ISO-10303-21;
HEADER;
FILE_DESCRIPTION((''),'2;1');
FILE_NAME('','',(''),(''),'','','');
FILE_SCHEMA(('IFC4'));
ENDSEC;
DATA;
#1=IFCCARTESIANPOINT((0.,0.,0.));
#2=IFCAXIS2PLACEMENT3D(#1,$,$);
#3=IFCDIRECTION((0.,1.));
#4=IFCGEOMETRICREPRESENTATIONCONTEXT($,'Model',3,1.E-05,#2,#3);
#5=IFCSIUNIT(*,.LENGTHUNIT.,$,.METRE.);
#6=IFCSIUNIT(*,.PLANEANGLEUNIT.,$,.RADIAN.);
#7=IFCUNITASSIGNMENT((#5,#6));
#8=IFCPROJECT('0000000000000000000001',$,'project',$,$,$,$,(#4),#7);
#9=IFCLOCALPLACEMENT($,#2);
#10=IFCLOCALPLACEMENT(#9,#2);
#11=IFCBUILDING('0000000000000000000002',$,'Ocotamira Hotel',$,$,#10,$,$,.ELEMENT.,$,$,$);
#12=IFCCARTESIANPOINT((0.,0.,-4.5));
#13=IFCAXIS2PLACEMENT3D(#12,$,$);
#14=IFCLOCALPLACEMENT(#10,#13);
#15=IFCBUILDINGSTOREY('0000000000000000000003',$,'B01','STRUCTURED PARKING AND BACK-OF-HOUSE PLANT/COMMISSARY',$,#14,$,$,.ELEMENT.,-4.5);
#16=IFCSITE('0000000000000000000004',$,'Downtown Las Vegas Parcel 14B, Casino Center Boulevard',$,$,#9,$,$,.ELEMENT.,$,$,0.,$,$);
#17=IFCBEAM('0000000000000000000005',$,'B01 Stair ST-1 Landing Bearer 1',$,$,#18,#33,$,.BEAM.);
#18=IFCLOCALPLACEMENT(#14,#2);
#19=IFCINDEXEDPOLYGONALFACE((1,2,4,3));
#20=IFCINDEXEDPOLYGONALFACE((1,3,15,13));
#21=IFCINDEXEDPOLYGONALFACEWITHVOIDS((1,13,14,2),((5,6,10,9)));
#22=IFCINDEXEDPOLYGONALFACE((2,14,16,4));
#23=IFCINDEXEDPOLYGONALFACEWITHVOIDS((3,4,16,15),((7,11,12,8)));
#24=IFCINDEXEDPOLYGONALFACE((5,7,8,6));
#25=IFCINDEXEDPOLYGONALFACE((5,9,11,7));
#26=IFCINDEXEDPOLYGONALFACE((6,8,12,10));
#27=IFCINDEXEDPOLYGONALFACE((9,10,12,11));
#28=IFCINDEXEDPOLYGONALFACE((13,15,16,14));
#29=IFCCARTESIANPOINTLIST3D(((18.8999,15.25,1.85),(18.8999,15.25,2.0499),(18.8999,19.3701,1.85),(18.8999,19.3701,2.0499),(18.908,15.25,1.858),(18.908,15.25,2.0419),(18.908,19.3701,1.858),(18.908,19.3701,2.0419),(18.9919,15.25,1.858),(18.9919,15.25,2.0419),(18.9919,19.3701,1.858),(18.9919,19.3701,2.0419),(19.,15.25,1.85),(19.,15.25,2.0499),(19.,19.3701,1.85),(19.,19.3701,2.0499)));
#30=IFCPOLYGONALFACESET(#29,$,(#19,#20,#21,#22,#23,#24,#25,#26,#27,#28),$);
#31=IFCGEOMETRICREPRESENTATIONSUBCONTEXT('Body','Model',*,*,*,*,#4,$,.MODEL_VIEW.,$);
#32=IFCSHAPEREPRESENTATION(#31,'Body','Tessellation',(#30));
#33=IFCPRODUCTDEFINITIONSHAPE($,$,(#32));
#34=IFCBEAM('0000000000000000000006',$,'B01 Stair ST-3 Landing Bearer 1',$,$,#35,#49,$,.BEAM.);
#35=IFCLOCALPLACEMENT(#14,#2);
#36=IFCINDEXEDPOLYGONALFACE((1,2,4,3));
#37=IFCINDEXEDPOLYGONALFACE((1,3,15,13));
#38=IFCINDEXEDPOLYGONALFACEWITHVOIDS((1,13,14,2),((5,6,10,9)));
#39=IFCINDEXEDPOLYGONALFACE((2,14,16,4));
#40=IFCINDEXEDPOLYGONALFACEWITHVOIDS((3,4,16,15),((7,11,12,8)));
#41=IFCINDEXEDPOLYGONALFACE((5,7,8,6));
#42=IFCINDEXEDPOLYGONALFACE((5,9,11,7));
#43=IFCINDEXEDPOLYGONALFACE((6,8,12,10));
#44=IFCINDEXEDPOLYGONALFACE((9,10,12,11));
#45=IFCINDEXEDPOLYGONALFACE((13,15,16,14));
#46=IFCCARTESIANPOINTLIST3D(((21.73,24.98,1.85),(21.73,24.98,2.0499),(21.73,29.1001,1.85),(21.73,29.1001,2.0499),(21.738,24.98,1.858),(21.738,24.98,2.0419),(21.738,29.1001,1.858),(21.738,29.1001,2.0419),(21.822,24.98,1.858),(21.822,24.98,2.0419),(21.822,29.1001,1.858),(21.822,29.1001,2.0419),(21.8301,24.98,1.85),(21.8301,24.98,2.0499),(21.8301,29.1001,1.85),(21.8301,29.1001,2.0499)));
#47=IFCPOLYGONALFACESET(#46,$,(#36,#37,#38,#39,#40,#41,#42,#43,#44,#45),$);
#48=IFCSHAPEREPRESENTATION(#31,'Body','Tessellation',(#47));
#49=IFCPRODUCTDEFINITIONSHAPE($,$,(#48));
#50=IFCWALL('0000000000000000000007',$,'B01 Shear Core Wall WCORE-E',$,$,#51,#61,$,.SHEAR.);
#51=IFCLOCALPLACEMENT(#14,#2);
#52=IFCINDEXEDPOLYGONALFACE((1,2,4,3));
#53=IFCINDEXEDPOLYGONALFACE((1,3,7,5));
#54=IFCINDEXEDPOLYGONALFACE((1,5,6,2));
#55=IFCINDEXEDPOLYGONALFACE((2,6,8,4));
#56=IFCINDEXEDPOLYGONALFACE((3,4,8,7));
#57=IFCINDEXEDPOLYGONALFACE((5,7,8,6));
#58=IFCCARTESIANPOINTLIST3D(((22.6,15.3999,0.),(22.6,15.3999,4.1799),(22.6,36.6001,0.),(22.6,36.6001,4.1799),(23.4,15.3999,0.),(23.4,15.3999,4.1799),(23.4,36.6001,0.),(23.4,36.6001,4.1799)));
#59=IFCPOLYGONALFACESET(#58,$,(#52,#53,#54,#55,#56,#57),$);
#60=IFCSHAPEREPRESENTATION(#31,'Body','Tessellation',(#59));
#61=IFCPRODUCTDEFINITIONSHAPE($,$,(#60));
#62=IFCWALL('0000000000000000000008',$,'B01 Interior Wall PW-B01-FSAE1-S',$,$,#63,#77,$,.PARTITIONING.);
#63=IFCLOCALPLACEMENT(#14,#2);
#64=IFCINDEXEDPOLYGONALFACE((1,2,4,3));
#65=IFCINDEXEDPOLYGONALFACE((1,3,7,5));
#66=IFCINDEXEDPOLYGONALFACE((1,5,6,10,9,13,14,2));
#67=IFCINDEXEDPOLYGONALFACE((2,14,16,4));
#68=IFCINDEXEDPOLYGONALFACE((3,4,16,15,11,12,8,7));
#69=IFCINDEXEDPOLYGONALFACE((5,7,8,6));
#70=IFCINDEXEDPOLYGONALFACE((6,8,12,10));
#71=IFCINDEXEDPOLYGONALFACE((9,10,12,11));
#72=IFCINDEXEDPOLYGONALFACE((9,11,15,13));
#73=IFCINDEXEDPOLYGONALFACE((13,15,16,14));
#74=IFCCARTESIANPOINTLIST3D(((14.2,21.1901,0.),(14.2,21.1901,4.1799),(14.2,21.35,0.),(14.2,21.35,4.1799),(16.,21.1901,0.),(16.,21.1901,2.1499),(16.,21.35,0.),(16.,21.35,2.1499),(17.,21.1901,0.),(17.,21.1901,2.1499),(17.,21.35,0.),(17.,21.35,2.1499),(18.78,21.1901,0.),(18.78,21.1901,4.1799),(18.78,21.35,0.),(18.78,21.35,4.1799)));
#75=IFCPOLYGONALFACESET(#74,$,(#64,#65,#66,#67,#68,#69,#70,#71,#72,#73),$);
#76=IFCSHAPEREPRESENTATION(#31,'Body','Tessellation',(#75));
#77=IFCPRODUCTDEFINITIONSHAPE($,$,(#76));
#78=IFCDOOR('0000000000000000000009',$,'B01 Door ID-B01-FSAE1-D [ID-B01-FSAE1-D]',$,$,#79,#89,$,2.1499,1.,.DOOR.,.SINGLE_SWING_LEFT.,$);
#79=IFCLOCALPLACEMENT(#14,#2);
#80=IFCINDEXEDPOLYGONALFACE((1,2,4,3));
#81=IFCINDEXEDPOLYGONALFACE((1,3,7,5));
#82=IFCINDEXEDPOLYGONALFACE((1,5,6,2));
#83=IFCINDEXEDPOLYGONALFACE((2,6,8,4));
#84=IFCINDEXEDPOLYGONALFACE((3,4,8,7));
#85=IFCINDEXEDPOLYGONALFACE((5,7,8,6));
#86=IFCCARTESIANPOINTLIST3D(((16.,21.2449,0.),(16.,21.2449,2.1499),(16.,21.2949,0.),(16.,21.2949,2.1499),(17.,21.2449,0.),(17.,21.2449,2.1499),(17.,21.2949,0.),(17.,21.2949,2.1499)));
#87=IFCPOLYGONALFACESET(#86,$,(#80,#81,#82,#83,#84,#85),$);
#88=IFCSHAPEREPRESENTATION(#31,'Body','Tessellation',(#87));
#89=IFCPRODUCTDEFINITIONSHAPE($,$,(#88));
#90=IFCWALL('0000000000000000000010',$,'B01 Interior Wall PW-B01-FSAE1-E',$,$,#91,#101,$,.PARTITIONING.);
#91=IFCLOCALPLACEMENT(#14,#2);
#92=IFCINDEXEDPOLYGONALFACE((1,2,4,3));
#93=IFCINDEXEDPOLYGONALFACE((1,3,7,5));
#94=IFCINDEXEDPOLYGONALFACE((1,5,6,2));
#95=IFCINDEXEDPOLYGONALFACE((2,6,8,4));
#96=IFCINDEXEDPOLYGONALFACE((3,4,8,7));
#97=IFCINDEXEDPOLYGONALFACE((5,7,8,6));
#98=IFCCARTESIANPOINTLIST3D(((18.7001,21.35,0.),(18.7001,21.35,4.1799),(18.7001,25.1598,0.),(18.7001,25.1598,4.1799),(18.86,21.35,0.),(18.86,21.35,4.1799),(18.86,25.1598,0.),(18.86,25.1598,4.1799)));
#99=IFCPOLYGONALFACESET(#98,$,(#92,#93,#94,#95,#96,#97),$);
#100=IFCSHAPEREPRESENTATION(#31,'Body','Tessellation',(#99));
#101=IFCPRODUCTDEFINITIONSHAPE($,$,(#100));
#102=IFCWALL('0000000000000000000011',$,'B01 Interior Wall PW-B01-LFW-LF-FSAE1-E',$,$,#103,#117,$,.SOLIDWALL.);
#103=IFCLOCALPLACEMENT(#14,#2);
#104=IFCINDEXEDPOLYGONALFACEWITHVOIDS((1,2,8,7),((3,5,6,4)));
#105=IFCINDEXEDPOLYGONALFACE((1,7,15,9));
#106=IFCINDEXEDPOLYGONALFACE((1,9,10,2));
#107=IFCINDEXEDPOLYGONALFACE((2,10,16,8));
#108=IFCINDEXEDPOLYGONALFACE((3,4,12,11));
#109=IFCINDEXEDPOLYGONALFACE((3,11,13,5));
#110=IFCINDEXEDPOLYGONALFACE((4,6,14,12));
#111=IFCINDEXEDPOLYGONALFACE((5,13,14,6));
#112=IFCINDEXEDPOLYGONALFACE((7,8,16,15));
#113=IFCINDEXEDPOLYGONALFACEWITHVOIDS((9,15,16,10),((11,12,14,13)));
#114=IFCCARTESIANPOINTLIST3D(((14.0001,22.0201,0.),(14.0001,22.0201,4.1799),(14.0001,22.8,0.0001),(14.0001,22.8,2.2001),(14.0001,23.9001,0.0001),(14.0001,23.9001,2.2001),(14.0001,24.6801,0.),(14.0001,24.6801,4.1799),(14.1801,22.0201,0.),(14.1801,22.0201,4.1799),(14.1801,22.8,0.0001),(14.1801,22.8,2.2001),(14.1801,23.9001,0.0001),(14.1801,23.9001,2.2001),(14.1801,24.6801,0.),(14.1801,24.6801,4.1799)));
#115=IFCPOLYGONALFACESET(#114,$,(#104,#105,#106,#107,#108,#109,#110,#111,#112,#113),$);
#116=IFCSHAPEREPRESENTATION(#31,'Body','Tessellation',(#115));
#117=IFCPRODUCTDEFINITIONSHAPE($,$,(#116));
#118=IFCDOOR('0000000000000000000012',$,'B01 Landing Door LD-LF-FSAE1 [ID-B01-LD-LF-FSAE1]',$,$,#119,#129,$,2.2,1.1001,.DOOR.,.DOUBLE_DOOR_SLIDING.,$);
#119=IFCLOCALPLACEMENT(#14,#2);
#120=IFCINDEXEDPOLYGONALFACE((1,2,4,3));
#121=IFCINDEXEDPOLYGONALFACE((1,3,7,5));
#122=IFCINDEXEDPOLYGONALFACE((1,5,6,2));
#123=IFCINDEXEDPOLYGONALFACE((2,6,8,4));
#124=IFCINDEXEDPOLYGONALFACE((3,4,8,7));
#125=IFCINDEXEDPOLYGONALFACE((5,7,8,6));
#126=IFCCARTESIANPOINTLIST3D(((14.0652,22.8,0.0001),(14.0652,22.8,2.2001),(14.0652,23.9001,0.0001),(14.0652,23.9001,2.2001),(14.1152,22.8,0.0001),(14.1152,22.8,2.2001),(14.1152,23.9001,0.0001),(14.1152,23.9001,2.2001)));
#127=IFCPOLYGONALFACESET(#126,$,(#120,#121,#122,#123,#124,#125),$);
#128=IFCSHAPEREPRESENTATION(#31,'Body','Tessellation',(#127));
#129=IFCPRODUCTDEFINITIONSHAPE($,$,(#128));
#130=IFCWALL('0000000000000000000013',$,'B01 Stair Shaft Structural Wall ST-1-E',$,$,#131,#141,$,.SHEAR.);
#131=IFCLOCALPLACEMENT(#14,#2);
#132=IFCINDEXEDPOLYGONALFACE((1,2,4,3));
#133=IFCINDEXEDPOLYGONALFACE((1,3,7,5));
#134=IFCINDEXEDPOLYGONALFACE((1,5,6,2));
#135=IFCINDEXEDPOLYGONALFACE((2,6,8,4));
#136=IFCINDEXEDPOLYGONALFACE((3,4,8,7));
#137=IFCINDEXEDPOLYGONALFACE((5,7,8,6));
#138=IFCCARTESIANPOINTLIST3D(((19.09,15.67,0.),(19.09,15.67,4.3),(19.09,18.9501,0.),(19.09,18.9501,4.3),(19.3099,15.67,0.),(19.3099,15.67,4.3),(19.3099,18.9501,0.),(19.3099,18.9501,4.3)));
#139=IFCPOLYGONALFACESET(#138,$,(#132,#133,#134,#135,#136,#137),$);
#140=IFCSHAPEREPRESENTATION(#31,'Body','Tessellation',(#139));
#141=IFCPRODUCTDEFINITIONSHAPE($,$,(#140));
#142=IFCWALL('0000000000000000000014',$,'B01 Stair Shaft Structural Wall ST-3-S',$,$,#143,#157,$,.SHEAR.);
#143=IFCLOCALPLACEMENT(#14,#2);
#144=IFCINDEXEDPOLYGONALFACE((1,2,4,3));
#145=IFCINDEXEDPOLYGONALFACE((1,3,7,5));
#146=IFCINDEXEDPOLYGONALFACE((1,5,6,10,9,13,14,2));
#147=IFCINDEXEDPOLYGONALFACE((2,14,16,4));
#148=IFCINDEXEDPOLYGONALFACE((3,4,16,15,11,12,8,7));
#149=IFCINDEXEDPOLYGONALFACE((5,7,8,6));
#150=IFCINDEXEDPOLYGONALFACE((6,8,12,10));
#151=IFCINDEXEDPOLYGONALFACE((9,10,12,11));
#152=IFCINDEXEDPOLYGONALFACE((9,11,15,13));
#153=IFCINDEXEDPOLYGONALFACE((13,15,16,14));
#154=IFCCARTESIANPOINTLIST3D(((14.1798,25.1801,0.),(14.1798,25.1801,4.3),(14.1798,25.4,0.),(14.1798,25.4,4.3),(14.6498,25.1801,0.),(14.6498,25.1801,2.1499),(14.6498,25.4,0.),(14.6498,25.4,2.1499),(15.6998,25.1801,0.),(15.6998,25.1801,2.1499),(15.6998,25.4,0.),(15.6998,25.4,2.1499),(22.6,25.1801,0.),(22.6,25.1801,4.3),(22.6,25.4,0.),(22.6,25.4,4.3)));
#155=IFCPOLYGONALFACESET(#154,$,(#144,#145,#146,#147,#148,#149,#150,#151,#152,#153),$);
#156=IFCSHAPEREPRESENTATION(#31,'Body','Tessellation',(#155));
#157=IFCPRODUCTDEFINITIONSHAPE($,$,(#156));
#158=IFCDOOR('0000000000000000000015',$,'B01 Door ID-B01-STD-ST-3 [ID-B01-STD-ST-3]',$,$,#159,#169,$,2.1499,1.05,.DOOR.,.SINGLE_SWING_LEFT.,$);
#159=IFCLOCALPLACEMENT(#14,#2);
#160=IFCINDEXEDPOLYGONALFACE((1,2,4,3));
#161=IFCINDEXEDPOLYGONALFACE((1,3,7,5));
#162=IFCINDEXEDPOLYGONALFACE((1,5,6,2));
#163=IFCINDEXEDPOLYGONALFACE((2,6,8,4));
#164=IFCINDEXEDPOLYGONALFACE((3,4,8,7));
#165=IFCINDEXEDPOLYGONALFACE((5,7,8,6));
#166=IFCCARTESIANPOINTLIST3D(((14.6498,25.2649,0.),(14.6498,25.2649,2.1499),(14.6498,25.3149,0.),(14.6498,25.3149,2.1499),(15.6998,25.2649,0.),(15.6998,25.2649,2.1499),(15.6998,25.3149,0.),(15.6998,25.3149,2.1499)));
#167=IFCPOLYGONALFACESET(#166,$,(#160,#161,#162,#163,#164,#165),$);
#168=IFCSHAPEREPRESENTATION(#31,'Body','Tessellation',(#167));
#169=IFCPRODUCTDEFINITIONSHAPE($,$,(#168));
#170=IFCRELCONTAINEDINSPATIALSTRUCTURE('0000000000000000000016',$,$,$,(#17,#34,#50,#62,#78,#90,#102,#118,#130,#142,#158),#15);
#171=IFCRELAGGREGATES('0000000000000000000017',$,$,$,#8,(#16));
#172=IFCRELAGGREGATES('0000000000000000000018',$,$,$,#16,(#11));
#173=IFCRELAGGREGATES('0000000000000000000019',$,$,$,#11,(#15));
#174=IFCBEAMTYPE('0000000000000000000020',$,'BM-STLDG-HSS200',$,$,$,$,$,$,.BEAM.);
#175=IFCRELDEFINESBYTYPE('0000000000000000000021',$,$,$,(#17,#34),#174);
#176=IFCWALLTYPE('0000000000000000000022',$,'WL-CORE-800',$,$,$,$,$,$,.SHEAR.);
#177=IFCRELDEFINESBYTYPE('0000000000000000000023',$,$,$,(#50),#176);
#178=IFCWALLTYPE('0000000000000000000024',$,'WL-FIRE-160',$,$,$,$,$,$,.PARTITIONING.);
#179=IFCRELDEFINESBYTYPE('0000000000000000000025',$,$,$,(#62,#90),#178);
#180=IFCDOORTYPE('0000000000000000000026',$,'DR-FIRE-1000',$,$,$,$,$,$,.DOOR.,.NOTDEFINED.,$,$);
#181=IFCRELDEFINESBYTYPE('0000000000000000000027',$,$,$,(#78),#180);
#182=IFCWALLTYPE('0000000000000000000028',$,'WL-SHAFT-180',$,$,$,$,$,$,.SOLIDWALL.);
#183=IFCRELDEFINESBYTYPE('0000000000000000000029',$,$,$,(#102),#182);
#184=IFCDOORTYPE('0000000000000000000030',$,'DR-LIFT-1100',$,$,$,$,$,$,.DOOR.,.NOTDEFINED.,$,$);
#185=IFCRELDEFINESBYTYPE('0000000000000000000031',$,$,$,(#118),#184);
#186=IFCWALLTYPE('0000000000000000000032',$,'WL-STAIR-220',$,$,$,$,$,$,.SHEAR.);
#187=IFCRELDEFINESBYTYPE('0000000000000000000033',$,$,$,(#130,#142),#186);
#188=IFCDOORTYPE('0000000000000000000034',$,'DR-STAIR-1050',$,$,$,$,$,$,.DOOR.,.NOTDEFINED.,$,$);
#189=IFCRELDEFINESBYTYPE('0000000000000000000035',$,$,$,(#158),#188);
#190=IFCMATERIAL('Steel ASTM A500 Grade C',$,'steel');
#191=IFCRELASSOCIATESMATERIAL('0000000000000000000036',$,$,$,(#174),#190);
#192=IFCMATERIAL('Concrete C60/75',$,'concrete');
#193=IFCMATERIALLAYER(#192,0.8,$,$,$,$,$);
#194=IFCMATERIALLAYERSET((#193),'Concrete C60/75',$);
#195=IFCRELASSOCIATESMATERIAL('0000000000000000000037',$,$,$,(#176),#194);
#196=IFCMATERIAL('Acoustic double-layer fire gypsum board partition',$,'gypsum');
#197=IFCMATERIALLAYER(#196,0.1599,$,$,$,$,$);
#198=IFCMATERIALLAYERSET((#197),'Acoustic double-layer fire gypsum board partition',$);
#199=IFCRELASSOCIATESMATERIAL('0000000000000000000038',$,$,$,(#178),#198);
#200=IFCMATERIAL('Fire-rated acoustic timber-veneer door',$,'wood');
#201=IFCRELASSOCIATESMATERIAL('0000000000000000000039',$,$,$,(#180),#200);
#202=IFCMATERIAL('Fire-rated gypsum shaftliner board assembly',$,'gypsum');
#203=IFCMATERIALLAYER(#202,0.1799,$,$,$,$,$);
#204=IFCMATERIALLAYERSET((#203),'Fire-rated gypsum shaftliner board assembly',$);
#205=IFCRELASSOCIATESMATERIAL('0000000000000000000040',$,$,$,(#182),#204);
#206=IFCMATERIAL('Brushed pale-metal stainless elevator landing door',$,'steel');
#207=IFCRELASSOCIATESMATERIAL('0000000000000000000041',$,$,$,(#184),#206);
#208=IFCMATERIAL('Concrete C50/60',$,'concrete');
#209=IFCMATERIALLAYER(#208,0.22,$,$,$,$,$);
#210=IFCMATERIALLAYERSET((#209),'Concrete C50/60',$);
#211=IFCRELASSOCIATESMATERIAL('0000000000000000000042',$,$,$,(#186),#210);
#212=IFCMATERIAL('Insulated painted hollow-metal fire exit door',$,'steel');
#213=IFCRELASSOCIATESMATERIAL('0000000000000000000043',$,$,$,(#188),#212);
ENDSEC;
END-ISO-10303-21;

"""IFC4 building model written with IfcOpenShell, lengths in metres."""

from ifc_helpers import new_model, si_unit, direction, frame, frame_2d, origin, origin_2d, place, context, subcontext, project, spatial, rectangle, hollow_rectangle, extrude, source, transform, mapped, material, layer, layer_set, material_profile, profile_set, type_object, element, fill, save


model = new_model("IFC4")

# Units and contexts
model_context = context("Model", 3, precision=1e-05, world=origin(), true_north=direction((0.0, 1.0)))
body_context = subcontext(model_context, "Body", "Model", "MODEL_VIEW")
ifc_project = project(units=[si_unit("LENGTHUNIT", "METRE"), si_unit("PLANEANGLEUNIT", "RADIAN")], contexts=[model_context])

# Site, building, storey
site_placement = place(None, origin())
site = spatial("IfcSite", under=ifc_project, at=site_placement, Name="Downtown Las Vegas Parcel 14B, Casino Center Boulevard", CompositionType="ELEMENT", RefElevation=0.0)
building_placement = place(site_placement, origin())
building = spatial("IfcBuilding", under=site, at=building_placement, Name="Ocotamira Hotel", CompositionType="ELEMENT")
storey_placement = place(building_placement, frame((0.0, 0.0, -4.5)))
storey = spatial("IfcBuildingStorey", under=building, at=storey_placement, Name="B01", Description="STRUCTURED PARKING AND BACK-OF-HOUSE PLANT/COMMISSARY", CompositionType="ELEMENT", Elevation=-4.5)

# Beams
ifc_material_1 = material(Name="Steel ASTM A500 Grade C", Category="steel")
ifc_material_profile = material_profile(ifc_material_1, hollow_rectangle(XDim=0.1001, YDim=0.2, WallThickness=0.0081, at=origin_2d()), Name="HSS200X100X8")
ifc_profile_set = profile_set([ifc_material_profile], Name="Steel ASTM A500 Grade C")
beam_type = type_object("IfcBeamType", Name="BM-STLDG-HSS200", PredefinedType="BEAM", material=ifc_profile_set)
shared_shape_1 = source(origin(), body_context, "Body", "SweptSolid", [
    extrude(hollow_rectangle(XDim=0.1001, YDim=0.2, WallThickness=0.0081, at=origin_2d()), origin(), (0.0, 0.0, 1.0), 4.1201),
])
for number, where, z_axis, x_axis, name in (
    (1, (18.95, 15.25, 1.95), (0.0, 1.0, 0.0), (-1.0, 0.0, 0.0), "B01 Stair ST-1 Landing Bearer 1"),
    (2, (21.78, 24.98, 1.95), (0.0, 1.0, 0.0), (-1.0, 0.0, 0.0), "B01 Stair ST-3 Landing Bearer 1"),
):
    element("IfcBeam", number, at=place(storey_placement, frame(where, z_axis=z_axis, x_axis=x_axis)), inside=storey, type_object=beam_type, Name=name, PredefinedType="BEAM", context=body_context, shape_type="MappedRepresentation", body=[
        mapped(shared_shape_1, transform((0.0, 0.0, 0.0), scale=1.0)),
    ])

# Wall
ifc_material_2 = material(Name="Concrete C60/75", Category="concrete")
ifc_layer_1 = layer(ifc_material_2, 0.8)
ifc_layer_set_1 = layer_set([ifc_layer_1], Name="Concrete C60/75")
wall_type_1 = type_object("IfcWallType", Name="WL-CORE-800", PredefinedType="SHEAR", material=ifc_layer_set_1)
wall_1_placement = place(storey_placement, frame((23.0, 15.3999, 0.0), z_axis=(0.0, 0.0, 1.0), x_axis=(0.0, 1.0, 0.0)))
element("IfcWall", 3, at=wall_1_placement, inside=storey, type_object=wall_type_1, Name="B01 Shear Core Wall WCORE-E", PredefinedType="SHEAR", context=body_context, shape_type="SweptSolid", body=[
    extrude(rectangle(XDim=21.2002, YDim=0.8, at=frame_2d((10.6001, 0.0))), origin(), (0.0, 0.0, 1.0), 4.1799),
])

# Wall, opening, door
ifc_material_3 = material(Name="Acoustic double-layer fire gypsum board partition", Category="gypsum")
ifc_layer_2 = layer(ifc_material_3, 0.1599)
ifc_layer_set_2 = layer_set([ifc_layer_2], Name="Acoustic double-layer fire gypsum board partition")
wall_type_2 = type_object("IfcWallType", Name="WL-FIRE-160", PredefinedType="PARTITIONING", material=ifc_layer_set_2)
wall_2_placement = place(storey_placement, frame((14.2, 21.27, 0.0), z_axis=(0.0, 0.0, 1.0), x_axis=(1.0, 0.0, 0.0)))
wall_2 = element("IfcWall", 4, at=wall_2_placement, inside=storey, type_object=wall_type_2, Name="B01 Interior Wall PW-B01-FSAE1-S", PredefinedType="PARTITIONING", context=body_context, shape_type="SweptSolid", body=[
    extrude(rectangle(XDim=4.5801, YDim=0.1599, at=frame_2d((2.29, 0.0))), origin(), (0.0, 0.0, 1.0), 4.1799),
])
opening_1_placement = place(wall_2_placement, frame((1.8, 0.0, 0.0)))
opening_1 = element("IfcOpeningElement", 5, at=opening_1_placement, cuts=wall_2, PredefinedType="OPENING", context=body_context, shape_type="SweptSolid", body=[
    extrude(rectangle(XDim=1.0, YDim=2.1499, at=frame_2d((0.5, 1.075))), frame((0.0, 0.0898, 0.0), z_axis=(0.0, -1.0, 0.0), x_axis=(1.0, 0.0, 0.0)), (0.0, 0.0, 1.0), 0.1799),
])
ifc_material_4 = material(Name="Fire-rated acoustic timber-veneer door", Category="wood")
door_type_1 = type_object("IfcDoorType", Name="DR-FIRE-1000", OperationType="NOTDEFINED", PredefinedType="DOOR", material=ifc_material_4)
shared_shape_2 = source(origin(), body_context, "Body", "SweptSolid", [
    extrude(rectangle(XDim=1.0, YDim=2.1499, at=frame_2d((0.5, 1.075))), frame((0.0, 0.0249, 0.0), z_axis=(0.0, -1.0, 0.0), x_axis=(1.0, 0.0, 0.0)), (0.0, 0.0, 1.0), 0.05),
])
door_1_placement = place(opening_1_placement, origin())
door_1 = element("IfcDoor", 6, at=door_1_placement, inside=storey, type_object=door_type_1, Name="B01 Door ID-B01-FSAE1-D [ID-B01-FSAE1-D]", OperationType="SINGLE_SWING_LEFT", OverallHeight=2.1499, OverallWidth=1.0, PredefinedType="DOOR", context=body_context, shape_type="MappedRepresentation", body=[
    mapped(shared_shape_2, transform((0.0, 0.0, 0.0), scale=1.0)),
])
fill(opening_1, door_1)

# Wall
wall_3_placement = place(storey_placement, frame((18.78, 21.3501, 0.0), z_axis=(0.0, 0.0, 1.0), x_axis=(0.0, 1.0, 0.0)))
element("IfcWall", 7, at=wall_3_placement, inside=storey, type_object=wall_type_2, Name="B01 Interior Wall PW-B01-FSAE1-E", PredefinedType="PARTITIONING", context=body_context, shape_type="SweptSolid", body=[
    extrude(rectangle(XDim=3.8098, YDim=0.1599, at=frame_2d((1.9048, 0.0))), origin(), (0.0, 0.0, 1.0), 4.1799),
])

# Wall, opening, door
ifc_material_5 = material(Name="Fire-rated gypsum shaftliner board assembly", Category="gypsum")
ifc_layer_3 = layer(ifc_material_5, 0.1799)
ifc_layer_set_3 = layer_set([ifc_layer_3], Name="Fire-rated gypsum shaftliner board assembly")
wall_type_3 = type_object("IfcWallType", Name="WL-SHAFT-180", PredefinedType="SOLIDWALL", material=ifc_layer_set_3)
wall_4_placement = place(storey_placement, frame((14.0901, 22.02, 0.0), z_axis=(0.0, 0.0, 1.0), x_axis=(0.0, 1.0, 0.0)))
wall_4 = element("IfcWall", 8, at=wall_4_placement, inside=storey, type_object=wall_type_3, Name="B01 Interior Wall PW-B01-LFW-LF-FSAE1-E", PredefinedType="SOLIDWALL", context=body_context, shape_type="SweptSolid", body=[
    extrude(rectangle(XDim=2.6599, YDim=0.1799, at=frame_2d((1.3301, 0.0))), origin(), (0.0, 0.0, 1.0), 4.1799),
])
opening_2_placement = place(wall_4_placement, frame((0.78, 0.0, 0.0)))
opening_2 = element("IfcOpeningElement", 9, at=opening_2_placement, cuts=wall_4, PredefinedType="OPENING", context=body_context, shape_type="SweptSolid", body=[
    extrude(rectangle(XDim=1.1001, YDim=2.2, at=frame_2d((0.55, 1.1001))), frame((0.0, 0.1001, 0.0), z_axis=(0.0, -1.0, 0.0), x_axis=(1.0, 0.0, 0.0)), (0.0, 0.0, 1.0), 0.2),
])
ifc_material_6 = material(Name="Brushed pale-metal stainless elevator landing door", Category="steel")
door_type_2 = type_object("IfcDoorType", Name="DR-LIFT-1100", OperationType="NOTDEFINED", PredefinedType="DOOR", material=ifc_material_6)
shared_shape_3 = source(origin(), body_context, "Body", "SweptSolid", [
    extrude(rectangle(XDim=1.1001, YDim=2.2, at=frame_2d((0.55, 1.1001))), frame((0.0, 0.0249, 0.0), z_axis=(0.0, -1.0, 0.0), x_axis=(1.0, 0.0, 0.0)), (0.0, 0.0, 1.0), 0.05),
])
door_2_placement = place(opening_2_placement, origin())
door_2 = element("IfcDoor", 10, at=door_2_placement, inside=storey, type_object=door_type_2, Name="B01 Landing Door LD-LF-FSAE1 [ID-B01-LD-LF-FSAE1]", OperationType="DOUBLE_DOOR_SLIDING", OverallHeight=2.2, OverallWidth=1.1001, PredefinedType="DOOR", context=body_context, shape_type="MappedRepresentation", body=[
    mapped(shared_shape_3, transform((0.0, 0.0, 0.0), scale=1.0)),
])
fill(opening_2, door_2)

# Wall
ifc_material_7 = material(Name="Concrete C50/60", Category="concrete")
ifc_layer_4 = layer(ifc_material_7, 0.22)
ifc_layer_set_4 = layer_set([ifc_layer_4], Name="Concrete C50/60")
wall_type_4 = type_object("IfcWallType", Name="WL-STAIR-220", PredefinedType="SHEAR", material=ifc_layer_set_4)
wall_5_placement = place(storey_placement, frame((19.2, 15.6699, 0.0), z_axis=(0.0, 0.0, 1.0), x_axis=(0.0, 1.0, 0.0)))
element("IfcWall", 11, at=wall_5_placement, inside=storey, type_object=wall_type_4, Name="B01 Stair Shaft Structural Wall ST-1-E", PredefinedType="SHEAR", context=body_context, shape_type="SweptSolid", body=[
    extrude(rectangle(XDim=3.28, YDim=0.22, at=frame_2d((1.6401, 0.0))), origin(), (0.0, 0.0, 1.0), 4.3),
])

# Wall, opening, door
wall_6_placement = place(storey_placement, frame((14.1799, 25.29, 0.0), z_axis=(0.0, 0.0, 1.0), x_axis=(1.0, 0.0, 0.0)))
wall_6 = element("IfcWall", 12, at=wall_6_placement, inside=storey, type_object=wall_type_4, Name="B01 Stair Shaft Structural Wall ST-3-S", PredefinedType="SHEAR", context=body_context, shape_type="SweptSolid", body=[
    extrude(rectangle(XDim=8.4202, YDim=0.22, at=frame_2d((4.21, 0.0))), origin(), (0.0, 0.0, 1.0), 4.3),
])
opening_3_placement = place(wall_6_placement, frame((0.47, 0.0, 0.0)))
opening_3 = element("IfcOpeningElement", 13, at=opening_3_placement, cuts=wall_6, PredefinedType="OPENING", context=body_context, shape_type="SweptSolid", body=[
    extrude(rectangle(XDim=1.05, YDim=2.1499, at=frame_2d((0.5249, 1.075))), frame((0.0, 0.1201, 0.0), z_axis=(0.0, -1.0, 0.0), x_axis=(1.0, 0.0, 0.0)), (0.0, 0.0, 1.0), 0.24),
])
ifc_material_8 = material(Name="Insulated painted hollow-metal fire exit door", Category="steel")
door_type_3 = type_object("IfcDoorType", Name="DR-STAIR-1050", OperationType="NOTDEFINED", PredefinedType="DOOR", material=ifc_material_8)
shared_shape_4 = source(origin(), body_context, "Body", "SweptSolid", [
    extrude(rectangle(XDim=1.05, YDim=2.1499, at=frame_2d((0.5249, 1.075))), frame((0.0, 0.0249, 0.0), z_axis=(0.0, -1.0, 0.0), x_axis=(1.0, 0.0, 0.0)), (0.0, 0.0, 1.0), 0.05),
])
door_3_placement = place(opening_3_placement, origin())
door_3 = element("IfcDoor", 14, at=door_3_placement, inside=storey, type_object=door_type_3, Name="B01 Door ID-B01-STD-ST-3 [ID-B01-STD-ST-3]", OperationType="SINGLE_SWING_LEFT", OverallHeight=2.1499, OverallWidth=1.05, PredefinedType="DOOR", context=body_context, shape_type="MappedRepresentation", body=[
    mapped(shared_shape_4, transform((0.0, 0.0, 0.0), scale=1.0)),
])
fill(opening_3, door_3)

save(model, "model.ifc")
